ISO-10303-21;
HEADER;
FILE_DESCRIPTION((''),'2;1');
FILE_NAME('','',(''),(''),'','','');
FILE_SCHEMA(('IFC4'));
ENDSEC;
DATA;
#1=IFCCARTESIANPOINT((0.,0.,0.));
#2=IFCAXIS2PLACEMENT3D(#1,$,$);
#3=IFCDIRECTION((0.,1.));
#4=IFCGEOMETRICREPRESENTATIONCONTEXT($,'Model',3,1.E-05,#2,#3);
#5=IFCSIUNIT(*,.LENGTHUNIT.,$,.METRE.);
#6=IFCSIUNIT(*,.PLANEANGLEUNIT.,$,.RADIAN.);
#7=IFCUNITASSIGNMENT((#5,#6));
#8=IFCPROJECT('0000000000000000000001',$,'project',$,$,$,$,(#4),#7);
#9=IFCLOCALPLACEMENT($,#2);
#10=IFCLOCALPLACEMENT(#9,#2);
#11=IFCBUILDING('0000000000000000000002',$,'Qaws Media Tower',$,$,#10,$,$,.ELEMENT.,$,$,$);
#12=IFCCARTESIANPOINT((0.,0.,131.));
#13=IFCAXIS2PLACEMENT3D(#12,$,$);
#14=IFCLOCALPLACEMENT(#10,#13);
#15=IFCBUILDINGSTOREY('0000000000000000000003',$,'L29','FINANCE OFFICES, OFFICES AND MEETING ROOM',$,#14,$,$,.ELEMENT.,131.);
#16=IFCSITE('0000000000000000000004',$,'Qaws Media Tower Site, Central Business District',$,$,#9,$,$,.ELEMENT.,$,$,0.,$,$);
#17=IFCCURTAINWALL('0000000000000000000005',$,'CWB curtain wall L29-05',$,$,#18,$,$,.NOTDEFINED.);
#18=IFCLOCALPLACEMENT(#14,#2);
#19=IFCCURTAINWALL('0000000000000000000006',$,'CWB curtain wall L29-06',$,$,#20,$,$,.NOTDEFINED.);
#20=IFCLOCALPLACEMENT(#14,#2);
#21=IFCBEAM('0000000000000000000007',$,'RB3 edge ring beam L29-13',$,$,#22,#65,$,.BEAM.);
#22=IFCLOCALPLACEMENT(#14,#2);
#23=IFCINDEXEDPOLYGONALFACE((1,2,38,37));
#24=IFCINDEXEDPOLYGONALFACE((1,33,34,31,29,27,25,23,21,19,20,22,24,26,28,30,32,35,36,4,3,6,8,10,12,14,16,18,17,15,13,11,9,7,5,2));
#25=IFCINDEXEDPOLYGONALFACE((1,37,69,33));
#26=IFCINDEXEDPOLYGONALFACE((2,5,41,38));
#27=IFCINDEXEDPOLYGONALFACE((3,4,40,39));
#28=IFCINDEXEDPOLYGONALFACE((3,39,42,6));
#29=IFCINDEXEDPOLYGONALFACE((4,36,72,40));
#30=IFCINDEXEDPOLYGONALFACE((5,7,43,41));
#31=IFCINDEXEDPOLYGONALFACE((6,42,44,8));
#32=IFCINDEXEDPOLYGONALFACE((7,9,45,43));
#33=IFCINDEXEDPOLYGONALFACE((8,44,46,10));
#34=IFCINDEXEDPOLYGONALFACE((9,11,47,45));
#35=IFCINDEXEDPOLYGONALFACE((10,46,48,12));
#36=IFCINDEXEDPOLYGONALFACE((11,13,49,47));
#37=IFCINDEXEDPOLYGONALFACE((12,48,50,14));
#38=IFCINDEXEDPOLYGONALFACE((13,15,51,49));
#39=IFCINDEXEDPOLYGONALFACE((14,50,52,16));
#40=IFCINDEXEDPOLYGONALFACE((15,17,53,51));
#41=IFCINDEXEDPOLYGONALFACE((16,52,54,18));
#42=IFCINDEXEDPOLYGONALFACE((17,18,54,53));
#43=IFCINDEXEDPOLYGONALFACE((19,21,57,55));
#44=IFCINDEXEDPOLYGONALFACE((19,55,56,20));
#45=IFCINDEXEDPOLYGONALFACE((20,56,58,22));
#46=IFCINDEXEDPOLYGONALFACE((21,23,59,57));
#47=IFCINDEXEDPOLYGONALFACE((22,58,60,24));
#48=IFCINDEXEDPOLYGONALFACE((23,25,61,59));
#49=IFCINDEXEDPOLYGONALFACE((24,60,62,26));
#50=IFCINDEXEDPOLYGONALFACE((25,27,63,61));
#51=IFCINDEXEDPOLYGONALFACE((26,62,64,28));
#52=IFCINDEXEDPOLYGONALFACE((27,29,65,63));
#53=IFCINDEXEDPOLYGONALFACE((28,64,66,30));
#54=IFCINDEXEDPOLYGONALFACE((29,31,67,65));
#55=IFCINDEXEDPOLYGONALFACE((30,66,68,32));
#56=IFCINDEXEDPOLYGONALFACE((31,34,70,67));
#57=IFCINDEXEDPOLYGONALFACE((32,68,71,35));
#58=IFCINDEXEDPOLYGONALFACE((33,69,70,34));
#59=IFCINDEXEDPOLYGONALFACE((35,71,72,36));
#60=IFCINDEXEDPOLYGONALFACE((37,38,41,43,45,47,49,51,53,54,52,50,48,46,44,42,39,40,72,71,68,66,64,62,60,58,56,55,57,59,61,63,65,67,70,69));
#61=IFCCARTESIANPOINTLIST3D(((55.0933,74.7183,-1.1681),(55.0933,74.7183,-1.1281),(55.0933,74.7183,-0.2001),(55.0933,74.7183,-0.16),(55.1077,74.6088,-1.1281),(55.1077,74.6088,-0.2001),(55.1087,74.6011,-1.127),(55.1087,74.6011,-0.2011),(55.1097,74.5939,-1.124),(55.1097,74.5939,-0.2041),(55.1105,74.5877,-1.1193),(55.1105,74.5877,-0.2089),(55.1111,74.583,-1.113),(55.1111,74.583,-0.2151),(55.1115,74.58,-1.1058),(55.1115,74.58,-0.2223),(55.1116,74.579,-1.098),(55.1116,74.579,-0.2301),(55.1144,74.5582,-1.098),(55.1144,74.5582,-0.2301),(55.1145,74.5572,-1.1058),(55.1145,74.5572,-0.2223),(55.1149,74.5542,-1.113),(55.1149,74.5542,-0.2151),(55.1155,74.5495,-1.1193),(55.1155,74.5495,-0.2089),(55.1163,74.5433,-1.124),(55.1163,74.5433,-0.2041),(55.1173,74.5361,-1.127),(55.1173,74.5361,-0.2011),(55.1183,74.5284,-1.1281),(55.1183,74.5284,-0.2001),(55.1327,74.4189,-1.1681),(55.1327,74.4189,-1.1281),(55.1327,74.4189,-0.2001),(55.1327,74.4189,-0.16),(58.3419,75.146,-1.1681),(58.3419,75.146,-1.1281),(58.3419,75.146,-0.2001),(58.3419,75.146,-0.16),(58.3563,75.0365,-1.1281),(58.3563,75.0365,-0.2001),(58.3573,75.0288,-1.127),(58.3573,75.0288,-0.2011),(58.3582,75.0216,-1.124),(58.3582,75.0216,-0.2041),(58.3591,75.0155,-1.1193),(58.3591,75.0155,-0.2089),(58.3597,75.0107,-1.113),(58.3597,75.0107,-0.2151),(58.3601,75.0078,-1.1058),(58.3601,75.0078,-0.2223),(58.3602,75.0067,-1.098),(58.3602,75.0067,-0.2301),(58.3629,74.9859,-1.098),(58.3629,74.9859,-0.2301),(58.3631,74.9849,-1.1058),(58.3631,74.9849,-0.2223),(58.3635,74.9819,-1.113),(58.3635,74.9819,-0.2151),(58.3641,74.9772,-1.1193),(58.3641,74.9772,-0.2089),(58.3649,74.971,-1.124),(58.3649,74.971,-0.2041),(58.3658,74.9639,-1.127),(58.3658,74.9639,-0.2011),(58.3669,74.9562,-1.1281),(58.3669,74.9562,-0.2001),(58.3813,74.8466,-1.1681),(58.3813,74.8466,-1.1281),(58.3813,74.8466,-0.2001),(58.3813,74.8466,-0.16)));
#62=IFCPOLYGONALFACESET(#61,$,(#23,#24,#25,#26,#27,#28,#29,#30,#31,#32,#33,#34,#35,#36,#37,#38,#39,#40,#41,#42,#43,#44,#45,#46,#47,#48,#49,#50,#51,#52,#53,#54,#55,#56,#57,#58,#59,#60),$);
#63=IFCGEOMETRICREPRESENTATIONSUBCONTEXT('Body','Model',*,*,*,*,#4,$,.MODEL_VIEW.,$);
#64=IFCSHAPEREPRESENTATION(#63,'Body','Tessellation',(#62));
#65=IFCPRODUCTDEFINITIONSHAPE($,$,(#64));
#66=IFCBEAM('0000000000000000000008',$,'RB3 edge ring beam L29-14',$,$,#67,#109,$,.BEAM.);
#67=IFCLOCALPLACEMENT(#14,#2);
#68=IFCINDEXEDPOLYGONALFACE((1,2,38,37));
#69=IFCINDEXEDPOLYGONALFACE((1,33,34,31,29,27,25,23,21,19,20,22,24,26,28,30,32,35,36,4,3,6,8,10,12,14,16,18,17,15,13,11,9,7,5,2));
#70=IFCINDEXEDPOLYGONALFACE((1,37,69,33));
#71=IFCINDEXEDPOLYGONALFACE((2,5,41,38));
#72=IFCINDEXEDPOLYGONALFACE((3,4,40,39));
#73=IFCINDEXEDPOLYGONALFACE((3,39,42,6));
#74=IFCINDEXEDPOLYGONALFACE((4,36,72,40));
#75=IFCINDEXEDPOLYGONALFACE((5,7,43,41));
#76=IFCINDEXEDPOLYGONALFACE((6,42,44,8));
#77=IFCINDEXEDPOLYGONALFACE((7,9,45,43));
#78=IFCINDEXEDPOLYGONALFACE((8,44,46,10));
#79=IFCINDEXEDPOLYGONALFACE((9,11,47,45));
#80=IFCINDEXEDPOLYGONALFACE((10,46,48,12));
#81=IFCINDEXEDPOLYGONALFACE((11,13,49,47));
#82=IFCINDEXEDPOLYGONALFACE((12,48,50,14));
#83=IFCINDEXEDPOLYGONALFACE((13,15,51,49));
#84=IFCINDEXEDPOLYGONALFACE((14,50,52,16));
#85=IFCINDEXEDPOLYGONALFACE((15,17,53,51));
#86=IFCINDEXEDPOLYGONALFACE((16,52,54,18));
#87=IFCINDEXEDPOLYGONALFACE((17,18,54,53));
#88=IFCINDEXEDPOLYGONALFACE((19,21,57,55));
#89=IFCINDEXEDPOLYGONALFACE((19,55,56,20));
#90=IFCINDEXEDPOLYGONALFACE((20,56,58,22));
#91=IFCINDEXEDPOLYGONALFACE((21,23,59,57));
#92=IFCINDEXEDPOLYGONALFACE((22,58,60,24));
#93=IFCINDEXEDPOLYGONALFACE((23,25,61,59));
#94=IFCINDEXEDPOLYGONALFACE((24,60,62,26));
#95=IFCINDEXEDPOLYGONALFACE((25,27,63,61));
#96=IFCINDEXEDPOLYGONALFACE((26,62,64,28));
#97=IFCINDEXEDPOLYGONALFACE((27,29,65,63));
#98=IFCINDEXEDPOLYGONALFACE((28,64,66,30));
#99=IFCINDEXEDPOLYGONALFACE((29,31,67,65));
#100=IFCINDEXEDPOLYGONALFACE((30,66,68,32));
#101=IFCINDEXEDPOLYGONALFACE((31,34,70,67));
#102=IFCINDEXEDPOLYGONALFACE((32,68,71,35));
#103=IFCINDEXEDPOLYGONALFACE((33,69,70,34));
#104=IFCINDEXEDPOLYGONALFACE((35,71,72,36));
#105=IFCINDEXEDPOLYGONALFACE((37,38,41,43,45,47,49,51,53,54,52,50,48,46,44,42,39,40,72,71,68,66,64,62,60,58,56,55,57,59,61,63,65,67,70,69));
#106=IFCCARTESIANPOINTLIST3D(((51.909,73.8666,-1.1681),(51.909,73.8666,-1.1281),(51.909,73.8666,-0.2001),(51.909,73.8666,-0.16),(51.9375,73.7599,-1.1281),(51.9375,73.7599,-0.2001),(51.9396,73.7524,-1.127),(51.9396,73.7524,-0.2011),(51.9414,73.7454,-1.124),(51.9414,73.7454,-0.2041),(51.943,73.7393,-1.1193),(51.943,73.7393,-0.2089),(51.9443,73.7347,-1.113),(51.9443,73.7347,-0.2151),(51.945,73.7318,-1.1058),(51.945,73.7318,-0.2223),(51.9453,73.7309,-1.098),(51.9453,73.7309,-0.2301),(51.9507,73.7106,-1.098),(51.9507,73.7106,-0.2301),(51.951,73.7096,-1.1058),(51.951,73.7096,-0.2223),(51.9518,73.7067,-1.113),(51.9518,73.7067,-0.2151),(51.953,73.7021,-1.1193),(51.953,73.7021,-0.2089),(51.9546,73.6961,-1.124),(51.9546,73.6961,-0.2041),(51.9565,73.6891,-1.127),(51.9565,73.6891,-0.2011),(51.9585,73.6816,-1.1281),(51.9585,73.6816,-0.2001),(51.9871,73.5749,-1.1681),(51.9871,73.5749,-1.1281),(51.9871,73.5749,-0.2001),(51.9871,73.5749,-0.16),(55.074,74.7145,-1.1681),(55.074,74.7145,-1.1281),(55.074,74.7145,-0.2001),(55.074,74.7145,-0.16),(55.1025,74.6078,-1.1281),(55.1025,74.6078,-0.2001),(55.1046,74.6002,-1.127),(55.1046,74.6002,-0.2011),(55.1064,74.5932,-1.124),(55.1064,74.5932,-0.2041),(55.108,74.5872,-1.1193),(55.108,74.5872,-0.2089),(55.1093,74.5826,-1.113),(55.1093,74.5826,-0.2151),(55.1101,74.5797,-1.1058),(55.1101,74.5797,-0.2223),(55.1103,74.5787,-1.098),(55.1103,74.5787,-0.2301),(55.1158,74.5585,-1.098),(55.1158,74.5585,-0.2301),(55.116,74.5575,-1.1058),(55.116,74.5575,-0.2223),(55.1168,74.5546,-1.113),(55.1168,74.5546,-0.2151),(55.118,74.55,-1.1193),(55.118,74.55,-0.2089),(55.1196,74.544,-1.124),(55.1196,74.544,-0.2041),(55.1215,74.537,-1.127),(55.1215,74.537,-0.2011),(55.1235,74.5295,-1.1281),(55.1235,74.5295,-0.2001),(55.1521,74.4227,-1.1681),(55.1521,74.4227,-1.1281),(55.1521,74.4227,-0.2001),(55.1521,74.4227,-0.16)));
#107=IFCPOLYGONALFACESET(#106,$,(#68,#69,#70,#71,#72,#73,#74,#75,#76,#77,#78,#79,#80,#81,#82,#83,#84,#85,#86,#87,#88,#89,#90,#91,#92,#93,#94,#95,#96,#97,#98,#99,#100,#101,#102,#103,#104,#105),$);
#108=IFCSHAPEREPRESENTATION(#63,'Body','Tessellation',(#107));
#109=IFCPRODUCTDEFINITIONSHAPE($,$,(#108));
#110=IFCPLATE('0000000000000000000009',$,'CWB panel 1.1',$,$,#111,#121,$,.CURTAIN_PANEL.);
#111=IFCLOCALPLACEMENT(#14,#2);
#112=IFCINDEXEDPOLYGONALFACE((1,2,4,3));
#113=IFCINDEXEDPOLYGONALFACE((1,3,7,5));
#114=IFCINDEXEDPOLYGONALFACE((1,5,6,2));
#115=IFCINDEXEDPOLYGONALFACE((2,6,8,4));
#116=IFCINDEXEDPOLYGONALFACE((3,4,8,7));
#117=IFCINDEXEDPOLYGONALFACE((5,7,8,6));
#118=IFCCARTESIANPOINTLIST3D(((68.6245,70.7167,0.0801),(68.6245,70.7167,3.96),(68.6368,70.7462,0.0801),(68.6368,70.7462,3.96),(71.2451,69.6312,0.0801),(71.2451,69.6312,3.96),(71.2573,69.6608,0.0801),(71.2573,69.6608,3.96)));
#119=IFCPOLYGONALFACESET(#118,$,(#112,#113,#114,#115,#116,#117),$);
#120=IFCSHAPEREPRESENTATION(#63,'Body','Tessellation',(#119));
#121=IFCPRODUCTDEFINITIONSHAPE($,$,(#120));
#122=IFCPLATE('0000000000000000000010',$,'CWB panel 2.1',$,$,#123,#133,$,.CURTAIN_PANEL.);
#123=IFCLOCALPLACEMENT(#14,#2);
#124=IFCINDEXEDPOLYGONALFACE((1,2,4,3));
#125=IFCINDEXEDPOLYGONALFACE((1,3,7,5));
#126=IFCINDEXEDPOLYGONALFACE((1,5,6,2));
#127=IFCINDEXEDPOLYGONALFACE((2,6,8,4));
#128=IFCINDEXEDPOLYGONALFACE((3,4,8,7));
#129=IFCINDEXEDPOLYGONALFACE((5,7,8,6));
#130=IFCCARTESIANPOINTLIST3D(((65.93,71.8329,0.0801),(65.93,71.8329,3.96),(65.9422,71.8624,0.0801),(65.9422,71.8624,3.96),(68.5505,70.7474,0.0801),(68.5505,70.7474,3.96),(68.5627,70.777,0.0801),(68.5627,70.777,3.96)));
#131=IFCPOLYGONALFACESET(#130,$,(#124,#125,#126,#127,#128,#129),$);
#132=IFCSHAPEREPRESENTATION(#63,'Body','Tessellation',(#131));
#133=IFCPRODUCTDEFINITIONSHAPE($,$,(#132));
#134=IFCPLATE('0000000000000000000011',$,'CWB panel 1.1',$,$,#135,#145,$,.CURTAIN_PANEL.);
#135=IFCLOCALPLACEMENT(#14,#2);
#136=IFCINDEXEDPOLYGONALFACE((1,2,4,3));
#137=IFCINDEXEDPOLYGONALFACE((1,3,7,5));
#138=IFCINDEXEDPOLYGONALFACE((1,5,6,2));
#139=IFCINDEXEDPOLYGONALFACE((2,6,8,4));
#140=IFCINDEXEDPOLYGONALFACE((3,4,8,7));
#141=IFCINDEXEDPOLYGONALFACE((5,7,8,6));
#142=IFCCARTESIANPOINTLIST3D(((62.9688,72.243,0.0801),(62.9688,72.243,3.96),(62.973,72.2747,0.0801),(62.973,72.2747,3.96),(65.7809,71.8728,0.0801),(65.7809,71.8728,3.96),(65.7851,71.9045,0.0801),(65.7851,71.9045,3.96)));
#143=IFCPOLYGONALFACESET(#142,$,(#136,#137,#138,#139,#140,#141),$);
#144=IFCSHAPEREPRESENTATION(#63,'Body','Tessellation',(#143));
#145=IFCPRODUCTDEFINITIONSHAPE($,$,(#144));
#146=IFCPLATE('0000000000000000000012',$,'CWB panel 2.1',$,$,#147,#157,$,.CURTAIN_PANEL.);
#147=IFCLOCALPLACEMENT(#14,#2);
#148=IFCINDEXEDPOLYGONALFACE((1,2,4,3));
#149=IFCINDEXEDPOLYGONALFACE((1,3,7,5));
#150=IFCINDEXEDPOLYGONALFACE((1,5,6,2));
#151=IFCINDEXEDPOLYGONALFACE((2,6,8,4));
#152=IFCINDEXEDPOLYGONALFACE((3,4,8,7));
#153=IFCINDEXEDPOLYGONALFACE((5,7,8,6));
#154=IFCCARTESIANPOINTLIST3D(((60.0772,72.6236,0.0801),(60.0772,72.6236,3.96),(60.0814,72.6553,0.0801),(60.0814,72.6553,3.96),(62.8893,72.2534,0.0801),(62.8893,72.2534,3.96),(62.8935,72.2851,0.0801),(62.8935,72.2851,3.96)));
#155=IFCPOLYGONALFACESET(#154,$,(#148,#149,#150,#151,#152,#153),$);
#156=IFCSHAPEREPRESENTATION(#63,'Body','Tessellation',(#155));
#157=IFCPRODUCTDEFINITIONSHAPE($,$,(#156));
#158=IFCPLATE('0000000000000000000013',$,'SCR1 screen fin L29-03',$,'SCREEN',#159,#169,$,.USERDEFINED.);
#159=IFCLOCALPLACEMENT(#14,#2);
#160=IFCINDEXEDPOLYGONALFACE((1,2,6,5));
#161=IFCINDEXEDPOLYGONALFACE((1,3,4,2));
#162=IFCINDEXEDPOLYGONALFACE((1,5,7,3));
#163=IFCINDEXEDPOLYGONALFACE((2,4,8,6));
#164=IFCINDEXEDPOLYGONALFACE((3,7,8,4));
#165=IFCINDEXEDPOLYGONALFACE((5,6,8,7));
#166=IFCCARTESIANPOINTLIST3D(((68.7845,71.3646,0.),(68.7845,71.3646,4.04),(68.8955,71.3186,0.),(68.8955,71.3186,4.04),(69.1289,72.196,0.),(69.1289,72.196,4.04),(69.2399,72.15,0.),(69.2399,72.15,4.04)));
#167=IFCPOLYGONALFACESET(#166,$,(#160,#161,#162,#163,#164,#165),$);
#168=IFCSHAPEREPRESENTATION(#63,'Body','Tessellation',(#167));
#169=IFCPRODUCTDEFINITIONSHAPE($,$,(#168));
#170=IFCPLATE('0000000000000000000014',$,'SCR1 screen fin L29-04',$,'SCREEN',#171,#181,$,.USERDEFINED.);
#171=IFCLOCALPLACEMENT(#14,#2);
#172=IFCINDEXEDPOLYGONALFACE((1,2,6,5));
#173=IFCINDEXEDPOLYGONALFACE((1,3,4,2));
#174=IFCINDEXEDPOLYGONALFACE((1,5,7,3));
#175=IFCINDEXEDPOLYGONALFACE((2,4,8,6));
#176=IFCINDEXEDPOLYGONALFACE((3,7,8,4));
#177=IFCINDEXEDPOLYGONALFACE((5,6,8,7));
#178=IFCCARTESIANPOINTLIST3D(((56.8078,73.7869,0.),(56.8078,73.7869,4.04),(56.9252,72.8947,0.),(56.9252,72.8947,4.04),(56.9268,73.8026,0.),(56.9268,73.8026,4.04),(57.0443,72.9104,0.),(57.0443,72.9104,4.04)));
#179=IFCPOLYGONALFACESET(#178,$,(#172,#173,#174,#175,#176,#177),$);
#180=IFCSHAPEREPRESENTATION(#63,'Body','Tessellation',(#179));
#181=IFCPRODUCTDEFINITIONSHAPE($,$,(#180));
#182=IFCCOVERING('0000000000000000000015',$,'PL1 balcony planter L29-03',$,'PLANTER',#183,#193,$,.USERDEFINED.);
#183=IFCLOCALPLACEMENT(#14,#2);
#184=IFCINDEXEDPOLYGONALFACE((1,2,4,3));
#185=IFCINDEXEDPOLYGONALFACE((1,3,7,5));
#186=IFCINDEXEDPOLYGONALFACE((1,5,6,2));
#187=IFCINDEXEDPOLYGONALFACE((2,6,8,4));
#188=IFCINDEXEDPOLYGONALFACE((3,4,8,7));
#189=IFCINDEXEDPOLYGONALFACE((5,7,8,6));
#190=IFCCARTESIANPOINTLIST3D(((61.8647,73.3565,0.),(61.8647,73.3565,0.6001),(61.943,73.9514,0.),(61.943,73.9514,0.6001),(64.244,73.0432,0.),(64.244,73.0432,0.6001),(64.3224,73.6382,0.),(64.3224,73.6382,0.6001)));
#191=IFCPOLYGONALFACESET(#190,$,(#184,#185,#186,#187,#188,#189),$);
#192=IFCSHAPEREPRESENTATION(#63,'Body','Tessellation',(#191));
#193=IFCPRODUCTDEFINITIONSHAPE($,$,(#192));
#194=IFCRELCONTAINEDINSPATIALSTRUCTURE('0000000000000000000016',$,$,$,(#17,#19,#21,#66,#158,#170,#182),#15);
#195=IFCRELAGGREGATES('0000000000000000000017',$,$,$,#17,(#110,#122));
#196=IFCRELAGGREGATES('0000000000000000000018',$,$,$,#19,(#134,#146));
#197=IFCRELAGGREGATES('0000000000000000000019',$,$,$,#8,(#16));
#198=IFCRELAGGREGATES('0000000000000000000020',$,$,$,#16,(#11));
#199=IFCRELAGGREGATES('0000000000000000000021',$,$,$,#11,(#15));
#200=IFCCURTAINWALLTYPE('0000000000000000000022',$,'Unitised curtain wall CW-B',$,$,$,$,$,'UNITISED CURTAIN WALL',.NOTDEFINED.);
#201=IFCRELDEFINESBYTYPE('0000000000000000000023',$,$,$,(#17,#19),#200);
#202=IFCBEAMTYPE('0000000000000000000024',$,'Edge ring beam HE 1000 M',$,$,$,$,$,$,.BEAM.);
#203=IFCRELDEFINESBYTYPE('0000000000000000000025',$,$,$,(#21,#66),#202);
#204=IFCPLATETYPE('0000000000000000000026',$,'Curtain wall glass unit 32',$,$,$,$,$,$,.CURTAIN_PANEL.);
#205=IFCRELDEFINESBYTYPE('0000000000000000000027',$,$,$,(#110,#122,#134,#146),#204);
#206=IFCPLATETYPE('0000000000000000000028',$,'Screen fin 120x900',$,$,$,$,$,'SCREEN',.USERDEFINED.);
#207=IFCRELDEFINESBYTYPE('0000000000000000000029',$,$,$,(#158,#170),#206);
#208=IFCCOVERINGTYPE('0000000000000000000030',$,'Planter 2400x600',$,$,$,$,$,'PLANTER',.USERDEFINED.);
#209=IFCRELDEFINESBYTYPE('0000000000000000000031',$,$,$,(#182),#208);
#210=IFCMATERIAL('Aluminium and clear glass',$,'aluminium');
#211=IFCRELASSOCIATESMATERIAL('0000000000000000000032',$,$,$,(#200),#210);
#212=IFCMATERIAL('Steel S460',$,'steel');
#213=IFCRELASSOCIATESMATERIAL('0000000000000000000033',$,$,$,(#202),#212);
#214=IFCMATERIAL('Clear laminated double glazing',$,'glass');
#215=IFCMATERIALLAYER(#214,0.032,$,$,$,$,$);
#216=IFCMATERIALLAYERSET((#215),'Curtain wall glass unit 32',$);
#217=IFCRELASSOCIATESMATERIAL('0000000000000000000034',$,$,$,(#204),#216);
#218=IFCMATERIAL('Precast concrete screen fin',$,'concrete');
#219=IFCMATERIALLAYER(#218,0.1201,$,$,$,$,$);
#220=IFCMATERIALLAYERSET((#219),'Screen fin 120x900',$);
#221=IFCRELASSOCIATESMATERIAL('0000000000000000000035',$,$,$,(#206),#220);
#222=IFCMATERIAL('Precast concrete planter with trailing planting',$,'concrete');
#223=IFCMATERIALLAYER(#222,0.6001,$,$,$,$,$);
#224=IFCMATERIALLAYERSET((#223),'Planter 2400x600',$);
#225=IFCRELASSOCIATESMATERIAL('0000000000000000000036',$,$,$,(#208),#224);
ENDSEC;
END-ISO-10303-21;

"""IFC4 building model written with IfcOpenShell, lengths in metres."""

from ifc_helpers import new_model, si_unit, direction, frame, origin, origin_2d, place, context, subcontext, project, spatial, rectangle, i_section, extrude, material, layer, layer_set, material_profile, profile_set, type_object, element, aggregate, save


model = new_model("IFC4")

# Units and contexts
model_context = context("Model", 3, precision=1e-05, world=origin(), true_north=direction((0.0, 1.0)))
body_context = subcontext(model_context, "Body", "Model", "MODEL_VIEW")
ifc_project = project(units=[si_unit("LENGTHUNIT", "METRE"), si_unit("PLANEANGLEUNIT", "RADIAN")], contexts=[model_context])

# Site, building, storey
site_placement = place(None, origin())
site = spatial("IfcSite", under=ifc_project, at=site_placement, Name="Qaws Media Tower Site, Central Business District", CompositionType="ELEMENT", RefElevation=0.0)
building_placement = place(site_placement, origin())
building = spatial("IfcBuilding", under=site, at=building_placement, Name="Qaws Media Tower", CompositionType="ELEMENT")
storey_placement = place(building_placement, frame((0.0, 0.0, 131.0)))
storey = spatial("IfcBuildingStorey", under=building, at=storey_placement, Name="L29", Description="FINANCE OFFICES, OFFICES AND MEETING ROOM", CompositionType="ELEMENT", Elevation=131.0)

# Curtain walls
ifc_material_1 = material(Name="Aluminium and clear glass", Category="aluminium")
curtain_wall_type = type_object("IfcCurtainWallType", Name="Unitised curtain wall CW-B", ElementType="UNITISED CURTAIN WALL", PredefinedType="NOTDEFINED", material=ifc_material_1)
curtain_wall_1_placement = place(storey_placement, origin())
curtain_wall_1 = element("IfcCurtainWall", 1, at=curtain_wall_1_placement, inside=storey, type_object=curtain_wall_type, Name="CWB curtain wall L29-05", PredefinedType="NOTDEFINED")
curtain_wall_2_placement = place(storey_placement, origin())
curtain_wall_2 = element("IfcCurtainWall", 2, at=curtain_wall_2_placement, inside=storey, type_object=curtain_wall_type, Name="CWB curtain wall L29-06", PredefinedType="NOTDEFINED")

# Beams
ifc_material_2 = material(Name="Steel S460", Category="steel")
ifc_material_profile_1 = material_profile(ifc_material_2, i_section(OverallWidth=0.302, OverallDepth=1.0081, WebThickness=0.021, FlangeThickness=0.04, FilletRadius=0.03, at=origin_2d()), Name="HE 1000 M")
ifc_profile_set_1 = profile_set([ifc_material_profile_1], Name="Steel S460")
beam_type = type_object("IfcBeamType", Name="Edge ring beam HE 1000 M", PredefinedType="BEAM", material=ifc_profile_set_1)
for number, where, z_axis, x_axis, name in (
    (3, (58.3616, 74.9963, -0.6641), (-0.991443, -0.130543, 0.0), (0.130543, -0.991443, 0.0), "RB3 edge ring beam L29-13"),
    (4, (55.113, 74.5686, -0.6641), (-0.965939, -0.258771, 0.0), (0.258771, -0.965939, 0.0), "RB3 edge ring beam L29-14"),
):
    element("IfcBeam", number, at=place(storey_placement, frame(where, z_axis=z_axis, x_axis=x_axis)), inside=storey, type_object=beam_type, Name=name, PredefinedType="BEAM", context=body_context, shape_type="SweptSolid", body=[
        extrude(i_section(OverallWidth=0.302, OverallDepth=1.0081, WebThickness=0.021, FlangeThickness=0.04, FilletRadius=0.03, at=origin_2d()), origin(), (0.0, 0.0, 1.0), 3.2766),
    ])

# Plates
ifc_material_3 = material(Name="Clear laminated double glazing", Category="glass")
ifc_layer_1 = layer(ifc_material_3, 0.032)
ifc_layer_set_1 = layer_set([ifc_layer_1], Name="Curtain wall glass unit 32")
plate_type_1 = type_object("IfcPlateType", Name="Curtain wall glass unit 32", PredefinedType="CURTAIN_PANEL", material=ifc_layer_set_1)
plate_1_placement = place(storey_placement, frame((69.9409, 70.1887, 0.0801), z_axis=(0.0, 0.0, 1.0), x_axis=(-0.92388, 0.382683, 0.0)))
plate_1 = element("IfcPlate", 5, at=plate_1_placement, type_object=plate_type_1, Name="CWB panel 1.1", PredefinedType="CURTAIN_PANEL", context=body_context, shape_type="SweptSolid", body=[
    extrude(rectangle(XDim=2.8364, YDim=0.032, at=origin_2d()), origin(), (0.0, 0.0, 1.0), 3.8799),
])
plate_2_placement = place(storey_placement, frame((67.2463, 71.3049, 0.0801), z_axis=(0.0, 0.0, 1.0), x_axis=(-0.92388, 0.382683, 0.0)))
plate_2 = element("IfcPlate", 6, at=plate_2_placement, type_object=plate_type_1, Name="CWB panel 2.1", PredefinedType="CURTAIN_PANEL", context=body_context, shape_type="SweptSolid", body=[
    extrude(rectangle(XDim=2.8364, YDim=0.032, at=origin_2d()), origin(), (0.0, 0.0, 1.0), 3.8799),
])
aggregate(curtain_wall_1, [plate_1, plate_2])
plate_3_placement = place(storey_placement, frame((64.377, 72.0737, 0.0801), z_axis=(0.0, 0.0, 1.0), x_axis=(-0.991445, 0.130526, 0.0)))
plate_3 = element("IfcPlate", 7, at=plate_3_placement, type_object=plate_type_1, Name="CWB panel 1.1", PredefinedType="CURTAIN_PANEL", context=body_context, shape_type="SweptSolid", body=[
    extrude(rectangle(XDim=2.8364, YDim=0.032, at=origin_2d()), origin(), (0.0, 0.0, 1.0), 3.8799),
])
plate_4_placement = place(storey_placement, frame((61.4854, 72.4543, 0.0801), z_axis=(0.0, 0.0, 1.0), x_axis=(-0.991445, 0.130526, 0.0)))
plate_4 = element("IfcPlate", 8, at=plate_4_placement, type_object=plate_type_1, Name="CWB panel 2.1", PredefinedType="CURTAIN_PANEL", context=body_context, shape_type="SweptSolid", body=[
    extrude(rectangle(XDim=2.8364, YDim=0.032, at=origin_2d()), origin(), (0.0, 0.0, 1.0), 3.8799),
])
aggregate(curtain_wall_2, [plate_3, plate_4])

# Plates
ifc_material_4 = material(Name="Precast concrete screen fin", Category="concrete")
ifc_layer_2 = layer(ifc_material_4, 0.1201)
ifc_layer_set_2 = layer_set([ifc_layer_2], Name="Screen fin 120x900")
plate_type_2 = type_object("IfcPlateType", Name="Screen fin 120x900", ElementType="SCREEN", PredefinedType="USERDEFINED", material=ifc_layer_set_2)
for number, where, z_axis, x_axis, name in (
    (9, (69.0122, 71.7573, 0.0), (0.0, 0.0, 1.0), (0.382683, 0.92388, 0.0), "SCR1 screen fin L29-03"),
    (10, (56.926, 73.3486, 0.0), (0.0, 0.0, 1.0), (-0.130526, 0.991445, 0.0), "SCR1 screen fin L29-04"),
):
    element("IfcPlate", number, at=place(storey_placement, frame(where, z_axis=z_axis, x_axis=x_axis)), inside=storey, type_object=plate_type_2, Name=name, ObjectType="SCREEN", PredefinedType="USERDEFINED", context=body_context, shape_type="SweptSolid", body=[
        extrude(rectangle(XDim=0.8999, YDim=0.1201, at=origin_2d()), origin(), (0.0, 0.0, 1.0), 4.04),
    ])

# Covering
ifc_material_5 = material(Name="Precast concrete planter with trailing planting", Category="concrete")
ifc_layer_3 = layer(ifc_material_5, 0.6001)
ifc_layer_set_3 = layer_set([ifc_layer_3], Name="Planter 2400x600")
covering_type = type_object("IfcCoveringType", Name="Planter 2400x600", ElementType="PLANTER", PredefinedType="USERDEFINED", material=ifc_layer_set_3)
covering_placement = place(storey_placement, frame((63.0935, 73.4973, 0.0), z_axis=(0.0, 0.0, 1.0), x_axis=(-0.991445, 0.130526, 0.0)))
element("IfcCovering", 11, at=covering_placement, inside=storey, type_object=covering_type, Name="PL1 balcony planter L29-03", ObjectType="PLANTER", PredefinedType="USERDEFINED", context=body_context, shape_type="SweptSolid", body=[
    extrude(rectangle(XDim=2.3999, YDim=0.6001, at=origin_2d()), origin(), (0.0, 0.0, 1.0), 0.6001),
])

save(model, "model.ifc")
